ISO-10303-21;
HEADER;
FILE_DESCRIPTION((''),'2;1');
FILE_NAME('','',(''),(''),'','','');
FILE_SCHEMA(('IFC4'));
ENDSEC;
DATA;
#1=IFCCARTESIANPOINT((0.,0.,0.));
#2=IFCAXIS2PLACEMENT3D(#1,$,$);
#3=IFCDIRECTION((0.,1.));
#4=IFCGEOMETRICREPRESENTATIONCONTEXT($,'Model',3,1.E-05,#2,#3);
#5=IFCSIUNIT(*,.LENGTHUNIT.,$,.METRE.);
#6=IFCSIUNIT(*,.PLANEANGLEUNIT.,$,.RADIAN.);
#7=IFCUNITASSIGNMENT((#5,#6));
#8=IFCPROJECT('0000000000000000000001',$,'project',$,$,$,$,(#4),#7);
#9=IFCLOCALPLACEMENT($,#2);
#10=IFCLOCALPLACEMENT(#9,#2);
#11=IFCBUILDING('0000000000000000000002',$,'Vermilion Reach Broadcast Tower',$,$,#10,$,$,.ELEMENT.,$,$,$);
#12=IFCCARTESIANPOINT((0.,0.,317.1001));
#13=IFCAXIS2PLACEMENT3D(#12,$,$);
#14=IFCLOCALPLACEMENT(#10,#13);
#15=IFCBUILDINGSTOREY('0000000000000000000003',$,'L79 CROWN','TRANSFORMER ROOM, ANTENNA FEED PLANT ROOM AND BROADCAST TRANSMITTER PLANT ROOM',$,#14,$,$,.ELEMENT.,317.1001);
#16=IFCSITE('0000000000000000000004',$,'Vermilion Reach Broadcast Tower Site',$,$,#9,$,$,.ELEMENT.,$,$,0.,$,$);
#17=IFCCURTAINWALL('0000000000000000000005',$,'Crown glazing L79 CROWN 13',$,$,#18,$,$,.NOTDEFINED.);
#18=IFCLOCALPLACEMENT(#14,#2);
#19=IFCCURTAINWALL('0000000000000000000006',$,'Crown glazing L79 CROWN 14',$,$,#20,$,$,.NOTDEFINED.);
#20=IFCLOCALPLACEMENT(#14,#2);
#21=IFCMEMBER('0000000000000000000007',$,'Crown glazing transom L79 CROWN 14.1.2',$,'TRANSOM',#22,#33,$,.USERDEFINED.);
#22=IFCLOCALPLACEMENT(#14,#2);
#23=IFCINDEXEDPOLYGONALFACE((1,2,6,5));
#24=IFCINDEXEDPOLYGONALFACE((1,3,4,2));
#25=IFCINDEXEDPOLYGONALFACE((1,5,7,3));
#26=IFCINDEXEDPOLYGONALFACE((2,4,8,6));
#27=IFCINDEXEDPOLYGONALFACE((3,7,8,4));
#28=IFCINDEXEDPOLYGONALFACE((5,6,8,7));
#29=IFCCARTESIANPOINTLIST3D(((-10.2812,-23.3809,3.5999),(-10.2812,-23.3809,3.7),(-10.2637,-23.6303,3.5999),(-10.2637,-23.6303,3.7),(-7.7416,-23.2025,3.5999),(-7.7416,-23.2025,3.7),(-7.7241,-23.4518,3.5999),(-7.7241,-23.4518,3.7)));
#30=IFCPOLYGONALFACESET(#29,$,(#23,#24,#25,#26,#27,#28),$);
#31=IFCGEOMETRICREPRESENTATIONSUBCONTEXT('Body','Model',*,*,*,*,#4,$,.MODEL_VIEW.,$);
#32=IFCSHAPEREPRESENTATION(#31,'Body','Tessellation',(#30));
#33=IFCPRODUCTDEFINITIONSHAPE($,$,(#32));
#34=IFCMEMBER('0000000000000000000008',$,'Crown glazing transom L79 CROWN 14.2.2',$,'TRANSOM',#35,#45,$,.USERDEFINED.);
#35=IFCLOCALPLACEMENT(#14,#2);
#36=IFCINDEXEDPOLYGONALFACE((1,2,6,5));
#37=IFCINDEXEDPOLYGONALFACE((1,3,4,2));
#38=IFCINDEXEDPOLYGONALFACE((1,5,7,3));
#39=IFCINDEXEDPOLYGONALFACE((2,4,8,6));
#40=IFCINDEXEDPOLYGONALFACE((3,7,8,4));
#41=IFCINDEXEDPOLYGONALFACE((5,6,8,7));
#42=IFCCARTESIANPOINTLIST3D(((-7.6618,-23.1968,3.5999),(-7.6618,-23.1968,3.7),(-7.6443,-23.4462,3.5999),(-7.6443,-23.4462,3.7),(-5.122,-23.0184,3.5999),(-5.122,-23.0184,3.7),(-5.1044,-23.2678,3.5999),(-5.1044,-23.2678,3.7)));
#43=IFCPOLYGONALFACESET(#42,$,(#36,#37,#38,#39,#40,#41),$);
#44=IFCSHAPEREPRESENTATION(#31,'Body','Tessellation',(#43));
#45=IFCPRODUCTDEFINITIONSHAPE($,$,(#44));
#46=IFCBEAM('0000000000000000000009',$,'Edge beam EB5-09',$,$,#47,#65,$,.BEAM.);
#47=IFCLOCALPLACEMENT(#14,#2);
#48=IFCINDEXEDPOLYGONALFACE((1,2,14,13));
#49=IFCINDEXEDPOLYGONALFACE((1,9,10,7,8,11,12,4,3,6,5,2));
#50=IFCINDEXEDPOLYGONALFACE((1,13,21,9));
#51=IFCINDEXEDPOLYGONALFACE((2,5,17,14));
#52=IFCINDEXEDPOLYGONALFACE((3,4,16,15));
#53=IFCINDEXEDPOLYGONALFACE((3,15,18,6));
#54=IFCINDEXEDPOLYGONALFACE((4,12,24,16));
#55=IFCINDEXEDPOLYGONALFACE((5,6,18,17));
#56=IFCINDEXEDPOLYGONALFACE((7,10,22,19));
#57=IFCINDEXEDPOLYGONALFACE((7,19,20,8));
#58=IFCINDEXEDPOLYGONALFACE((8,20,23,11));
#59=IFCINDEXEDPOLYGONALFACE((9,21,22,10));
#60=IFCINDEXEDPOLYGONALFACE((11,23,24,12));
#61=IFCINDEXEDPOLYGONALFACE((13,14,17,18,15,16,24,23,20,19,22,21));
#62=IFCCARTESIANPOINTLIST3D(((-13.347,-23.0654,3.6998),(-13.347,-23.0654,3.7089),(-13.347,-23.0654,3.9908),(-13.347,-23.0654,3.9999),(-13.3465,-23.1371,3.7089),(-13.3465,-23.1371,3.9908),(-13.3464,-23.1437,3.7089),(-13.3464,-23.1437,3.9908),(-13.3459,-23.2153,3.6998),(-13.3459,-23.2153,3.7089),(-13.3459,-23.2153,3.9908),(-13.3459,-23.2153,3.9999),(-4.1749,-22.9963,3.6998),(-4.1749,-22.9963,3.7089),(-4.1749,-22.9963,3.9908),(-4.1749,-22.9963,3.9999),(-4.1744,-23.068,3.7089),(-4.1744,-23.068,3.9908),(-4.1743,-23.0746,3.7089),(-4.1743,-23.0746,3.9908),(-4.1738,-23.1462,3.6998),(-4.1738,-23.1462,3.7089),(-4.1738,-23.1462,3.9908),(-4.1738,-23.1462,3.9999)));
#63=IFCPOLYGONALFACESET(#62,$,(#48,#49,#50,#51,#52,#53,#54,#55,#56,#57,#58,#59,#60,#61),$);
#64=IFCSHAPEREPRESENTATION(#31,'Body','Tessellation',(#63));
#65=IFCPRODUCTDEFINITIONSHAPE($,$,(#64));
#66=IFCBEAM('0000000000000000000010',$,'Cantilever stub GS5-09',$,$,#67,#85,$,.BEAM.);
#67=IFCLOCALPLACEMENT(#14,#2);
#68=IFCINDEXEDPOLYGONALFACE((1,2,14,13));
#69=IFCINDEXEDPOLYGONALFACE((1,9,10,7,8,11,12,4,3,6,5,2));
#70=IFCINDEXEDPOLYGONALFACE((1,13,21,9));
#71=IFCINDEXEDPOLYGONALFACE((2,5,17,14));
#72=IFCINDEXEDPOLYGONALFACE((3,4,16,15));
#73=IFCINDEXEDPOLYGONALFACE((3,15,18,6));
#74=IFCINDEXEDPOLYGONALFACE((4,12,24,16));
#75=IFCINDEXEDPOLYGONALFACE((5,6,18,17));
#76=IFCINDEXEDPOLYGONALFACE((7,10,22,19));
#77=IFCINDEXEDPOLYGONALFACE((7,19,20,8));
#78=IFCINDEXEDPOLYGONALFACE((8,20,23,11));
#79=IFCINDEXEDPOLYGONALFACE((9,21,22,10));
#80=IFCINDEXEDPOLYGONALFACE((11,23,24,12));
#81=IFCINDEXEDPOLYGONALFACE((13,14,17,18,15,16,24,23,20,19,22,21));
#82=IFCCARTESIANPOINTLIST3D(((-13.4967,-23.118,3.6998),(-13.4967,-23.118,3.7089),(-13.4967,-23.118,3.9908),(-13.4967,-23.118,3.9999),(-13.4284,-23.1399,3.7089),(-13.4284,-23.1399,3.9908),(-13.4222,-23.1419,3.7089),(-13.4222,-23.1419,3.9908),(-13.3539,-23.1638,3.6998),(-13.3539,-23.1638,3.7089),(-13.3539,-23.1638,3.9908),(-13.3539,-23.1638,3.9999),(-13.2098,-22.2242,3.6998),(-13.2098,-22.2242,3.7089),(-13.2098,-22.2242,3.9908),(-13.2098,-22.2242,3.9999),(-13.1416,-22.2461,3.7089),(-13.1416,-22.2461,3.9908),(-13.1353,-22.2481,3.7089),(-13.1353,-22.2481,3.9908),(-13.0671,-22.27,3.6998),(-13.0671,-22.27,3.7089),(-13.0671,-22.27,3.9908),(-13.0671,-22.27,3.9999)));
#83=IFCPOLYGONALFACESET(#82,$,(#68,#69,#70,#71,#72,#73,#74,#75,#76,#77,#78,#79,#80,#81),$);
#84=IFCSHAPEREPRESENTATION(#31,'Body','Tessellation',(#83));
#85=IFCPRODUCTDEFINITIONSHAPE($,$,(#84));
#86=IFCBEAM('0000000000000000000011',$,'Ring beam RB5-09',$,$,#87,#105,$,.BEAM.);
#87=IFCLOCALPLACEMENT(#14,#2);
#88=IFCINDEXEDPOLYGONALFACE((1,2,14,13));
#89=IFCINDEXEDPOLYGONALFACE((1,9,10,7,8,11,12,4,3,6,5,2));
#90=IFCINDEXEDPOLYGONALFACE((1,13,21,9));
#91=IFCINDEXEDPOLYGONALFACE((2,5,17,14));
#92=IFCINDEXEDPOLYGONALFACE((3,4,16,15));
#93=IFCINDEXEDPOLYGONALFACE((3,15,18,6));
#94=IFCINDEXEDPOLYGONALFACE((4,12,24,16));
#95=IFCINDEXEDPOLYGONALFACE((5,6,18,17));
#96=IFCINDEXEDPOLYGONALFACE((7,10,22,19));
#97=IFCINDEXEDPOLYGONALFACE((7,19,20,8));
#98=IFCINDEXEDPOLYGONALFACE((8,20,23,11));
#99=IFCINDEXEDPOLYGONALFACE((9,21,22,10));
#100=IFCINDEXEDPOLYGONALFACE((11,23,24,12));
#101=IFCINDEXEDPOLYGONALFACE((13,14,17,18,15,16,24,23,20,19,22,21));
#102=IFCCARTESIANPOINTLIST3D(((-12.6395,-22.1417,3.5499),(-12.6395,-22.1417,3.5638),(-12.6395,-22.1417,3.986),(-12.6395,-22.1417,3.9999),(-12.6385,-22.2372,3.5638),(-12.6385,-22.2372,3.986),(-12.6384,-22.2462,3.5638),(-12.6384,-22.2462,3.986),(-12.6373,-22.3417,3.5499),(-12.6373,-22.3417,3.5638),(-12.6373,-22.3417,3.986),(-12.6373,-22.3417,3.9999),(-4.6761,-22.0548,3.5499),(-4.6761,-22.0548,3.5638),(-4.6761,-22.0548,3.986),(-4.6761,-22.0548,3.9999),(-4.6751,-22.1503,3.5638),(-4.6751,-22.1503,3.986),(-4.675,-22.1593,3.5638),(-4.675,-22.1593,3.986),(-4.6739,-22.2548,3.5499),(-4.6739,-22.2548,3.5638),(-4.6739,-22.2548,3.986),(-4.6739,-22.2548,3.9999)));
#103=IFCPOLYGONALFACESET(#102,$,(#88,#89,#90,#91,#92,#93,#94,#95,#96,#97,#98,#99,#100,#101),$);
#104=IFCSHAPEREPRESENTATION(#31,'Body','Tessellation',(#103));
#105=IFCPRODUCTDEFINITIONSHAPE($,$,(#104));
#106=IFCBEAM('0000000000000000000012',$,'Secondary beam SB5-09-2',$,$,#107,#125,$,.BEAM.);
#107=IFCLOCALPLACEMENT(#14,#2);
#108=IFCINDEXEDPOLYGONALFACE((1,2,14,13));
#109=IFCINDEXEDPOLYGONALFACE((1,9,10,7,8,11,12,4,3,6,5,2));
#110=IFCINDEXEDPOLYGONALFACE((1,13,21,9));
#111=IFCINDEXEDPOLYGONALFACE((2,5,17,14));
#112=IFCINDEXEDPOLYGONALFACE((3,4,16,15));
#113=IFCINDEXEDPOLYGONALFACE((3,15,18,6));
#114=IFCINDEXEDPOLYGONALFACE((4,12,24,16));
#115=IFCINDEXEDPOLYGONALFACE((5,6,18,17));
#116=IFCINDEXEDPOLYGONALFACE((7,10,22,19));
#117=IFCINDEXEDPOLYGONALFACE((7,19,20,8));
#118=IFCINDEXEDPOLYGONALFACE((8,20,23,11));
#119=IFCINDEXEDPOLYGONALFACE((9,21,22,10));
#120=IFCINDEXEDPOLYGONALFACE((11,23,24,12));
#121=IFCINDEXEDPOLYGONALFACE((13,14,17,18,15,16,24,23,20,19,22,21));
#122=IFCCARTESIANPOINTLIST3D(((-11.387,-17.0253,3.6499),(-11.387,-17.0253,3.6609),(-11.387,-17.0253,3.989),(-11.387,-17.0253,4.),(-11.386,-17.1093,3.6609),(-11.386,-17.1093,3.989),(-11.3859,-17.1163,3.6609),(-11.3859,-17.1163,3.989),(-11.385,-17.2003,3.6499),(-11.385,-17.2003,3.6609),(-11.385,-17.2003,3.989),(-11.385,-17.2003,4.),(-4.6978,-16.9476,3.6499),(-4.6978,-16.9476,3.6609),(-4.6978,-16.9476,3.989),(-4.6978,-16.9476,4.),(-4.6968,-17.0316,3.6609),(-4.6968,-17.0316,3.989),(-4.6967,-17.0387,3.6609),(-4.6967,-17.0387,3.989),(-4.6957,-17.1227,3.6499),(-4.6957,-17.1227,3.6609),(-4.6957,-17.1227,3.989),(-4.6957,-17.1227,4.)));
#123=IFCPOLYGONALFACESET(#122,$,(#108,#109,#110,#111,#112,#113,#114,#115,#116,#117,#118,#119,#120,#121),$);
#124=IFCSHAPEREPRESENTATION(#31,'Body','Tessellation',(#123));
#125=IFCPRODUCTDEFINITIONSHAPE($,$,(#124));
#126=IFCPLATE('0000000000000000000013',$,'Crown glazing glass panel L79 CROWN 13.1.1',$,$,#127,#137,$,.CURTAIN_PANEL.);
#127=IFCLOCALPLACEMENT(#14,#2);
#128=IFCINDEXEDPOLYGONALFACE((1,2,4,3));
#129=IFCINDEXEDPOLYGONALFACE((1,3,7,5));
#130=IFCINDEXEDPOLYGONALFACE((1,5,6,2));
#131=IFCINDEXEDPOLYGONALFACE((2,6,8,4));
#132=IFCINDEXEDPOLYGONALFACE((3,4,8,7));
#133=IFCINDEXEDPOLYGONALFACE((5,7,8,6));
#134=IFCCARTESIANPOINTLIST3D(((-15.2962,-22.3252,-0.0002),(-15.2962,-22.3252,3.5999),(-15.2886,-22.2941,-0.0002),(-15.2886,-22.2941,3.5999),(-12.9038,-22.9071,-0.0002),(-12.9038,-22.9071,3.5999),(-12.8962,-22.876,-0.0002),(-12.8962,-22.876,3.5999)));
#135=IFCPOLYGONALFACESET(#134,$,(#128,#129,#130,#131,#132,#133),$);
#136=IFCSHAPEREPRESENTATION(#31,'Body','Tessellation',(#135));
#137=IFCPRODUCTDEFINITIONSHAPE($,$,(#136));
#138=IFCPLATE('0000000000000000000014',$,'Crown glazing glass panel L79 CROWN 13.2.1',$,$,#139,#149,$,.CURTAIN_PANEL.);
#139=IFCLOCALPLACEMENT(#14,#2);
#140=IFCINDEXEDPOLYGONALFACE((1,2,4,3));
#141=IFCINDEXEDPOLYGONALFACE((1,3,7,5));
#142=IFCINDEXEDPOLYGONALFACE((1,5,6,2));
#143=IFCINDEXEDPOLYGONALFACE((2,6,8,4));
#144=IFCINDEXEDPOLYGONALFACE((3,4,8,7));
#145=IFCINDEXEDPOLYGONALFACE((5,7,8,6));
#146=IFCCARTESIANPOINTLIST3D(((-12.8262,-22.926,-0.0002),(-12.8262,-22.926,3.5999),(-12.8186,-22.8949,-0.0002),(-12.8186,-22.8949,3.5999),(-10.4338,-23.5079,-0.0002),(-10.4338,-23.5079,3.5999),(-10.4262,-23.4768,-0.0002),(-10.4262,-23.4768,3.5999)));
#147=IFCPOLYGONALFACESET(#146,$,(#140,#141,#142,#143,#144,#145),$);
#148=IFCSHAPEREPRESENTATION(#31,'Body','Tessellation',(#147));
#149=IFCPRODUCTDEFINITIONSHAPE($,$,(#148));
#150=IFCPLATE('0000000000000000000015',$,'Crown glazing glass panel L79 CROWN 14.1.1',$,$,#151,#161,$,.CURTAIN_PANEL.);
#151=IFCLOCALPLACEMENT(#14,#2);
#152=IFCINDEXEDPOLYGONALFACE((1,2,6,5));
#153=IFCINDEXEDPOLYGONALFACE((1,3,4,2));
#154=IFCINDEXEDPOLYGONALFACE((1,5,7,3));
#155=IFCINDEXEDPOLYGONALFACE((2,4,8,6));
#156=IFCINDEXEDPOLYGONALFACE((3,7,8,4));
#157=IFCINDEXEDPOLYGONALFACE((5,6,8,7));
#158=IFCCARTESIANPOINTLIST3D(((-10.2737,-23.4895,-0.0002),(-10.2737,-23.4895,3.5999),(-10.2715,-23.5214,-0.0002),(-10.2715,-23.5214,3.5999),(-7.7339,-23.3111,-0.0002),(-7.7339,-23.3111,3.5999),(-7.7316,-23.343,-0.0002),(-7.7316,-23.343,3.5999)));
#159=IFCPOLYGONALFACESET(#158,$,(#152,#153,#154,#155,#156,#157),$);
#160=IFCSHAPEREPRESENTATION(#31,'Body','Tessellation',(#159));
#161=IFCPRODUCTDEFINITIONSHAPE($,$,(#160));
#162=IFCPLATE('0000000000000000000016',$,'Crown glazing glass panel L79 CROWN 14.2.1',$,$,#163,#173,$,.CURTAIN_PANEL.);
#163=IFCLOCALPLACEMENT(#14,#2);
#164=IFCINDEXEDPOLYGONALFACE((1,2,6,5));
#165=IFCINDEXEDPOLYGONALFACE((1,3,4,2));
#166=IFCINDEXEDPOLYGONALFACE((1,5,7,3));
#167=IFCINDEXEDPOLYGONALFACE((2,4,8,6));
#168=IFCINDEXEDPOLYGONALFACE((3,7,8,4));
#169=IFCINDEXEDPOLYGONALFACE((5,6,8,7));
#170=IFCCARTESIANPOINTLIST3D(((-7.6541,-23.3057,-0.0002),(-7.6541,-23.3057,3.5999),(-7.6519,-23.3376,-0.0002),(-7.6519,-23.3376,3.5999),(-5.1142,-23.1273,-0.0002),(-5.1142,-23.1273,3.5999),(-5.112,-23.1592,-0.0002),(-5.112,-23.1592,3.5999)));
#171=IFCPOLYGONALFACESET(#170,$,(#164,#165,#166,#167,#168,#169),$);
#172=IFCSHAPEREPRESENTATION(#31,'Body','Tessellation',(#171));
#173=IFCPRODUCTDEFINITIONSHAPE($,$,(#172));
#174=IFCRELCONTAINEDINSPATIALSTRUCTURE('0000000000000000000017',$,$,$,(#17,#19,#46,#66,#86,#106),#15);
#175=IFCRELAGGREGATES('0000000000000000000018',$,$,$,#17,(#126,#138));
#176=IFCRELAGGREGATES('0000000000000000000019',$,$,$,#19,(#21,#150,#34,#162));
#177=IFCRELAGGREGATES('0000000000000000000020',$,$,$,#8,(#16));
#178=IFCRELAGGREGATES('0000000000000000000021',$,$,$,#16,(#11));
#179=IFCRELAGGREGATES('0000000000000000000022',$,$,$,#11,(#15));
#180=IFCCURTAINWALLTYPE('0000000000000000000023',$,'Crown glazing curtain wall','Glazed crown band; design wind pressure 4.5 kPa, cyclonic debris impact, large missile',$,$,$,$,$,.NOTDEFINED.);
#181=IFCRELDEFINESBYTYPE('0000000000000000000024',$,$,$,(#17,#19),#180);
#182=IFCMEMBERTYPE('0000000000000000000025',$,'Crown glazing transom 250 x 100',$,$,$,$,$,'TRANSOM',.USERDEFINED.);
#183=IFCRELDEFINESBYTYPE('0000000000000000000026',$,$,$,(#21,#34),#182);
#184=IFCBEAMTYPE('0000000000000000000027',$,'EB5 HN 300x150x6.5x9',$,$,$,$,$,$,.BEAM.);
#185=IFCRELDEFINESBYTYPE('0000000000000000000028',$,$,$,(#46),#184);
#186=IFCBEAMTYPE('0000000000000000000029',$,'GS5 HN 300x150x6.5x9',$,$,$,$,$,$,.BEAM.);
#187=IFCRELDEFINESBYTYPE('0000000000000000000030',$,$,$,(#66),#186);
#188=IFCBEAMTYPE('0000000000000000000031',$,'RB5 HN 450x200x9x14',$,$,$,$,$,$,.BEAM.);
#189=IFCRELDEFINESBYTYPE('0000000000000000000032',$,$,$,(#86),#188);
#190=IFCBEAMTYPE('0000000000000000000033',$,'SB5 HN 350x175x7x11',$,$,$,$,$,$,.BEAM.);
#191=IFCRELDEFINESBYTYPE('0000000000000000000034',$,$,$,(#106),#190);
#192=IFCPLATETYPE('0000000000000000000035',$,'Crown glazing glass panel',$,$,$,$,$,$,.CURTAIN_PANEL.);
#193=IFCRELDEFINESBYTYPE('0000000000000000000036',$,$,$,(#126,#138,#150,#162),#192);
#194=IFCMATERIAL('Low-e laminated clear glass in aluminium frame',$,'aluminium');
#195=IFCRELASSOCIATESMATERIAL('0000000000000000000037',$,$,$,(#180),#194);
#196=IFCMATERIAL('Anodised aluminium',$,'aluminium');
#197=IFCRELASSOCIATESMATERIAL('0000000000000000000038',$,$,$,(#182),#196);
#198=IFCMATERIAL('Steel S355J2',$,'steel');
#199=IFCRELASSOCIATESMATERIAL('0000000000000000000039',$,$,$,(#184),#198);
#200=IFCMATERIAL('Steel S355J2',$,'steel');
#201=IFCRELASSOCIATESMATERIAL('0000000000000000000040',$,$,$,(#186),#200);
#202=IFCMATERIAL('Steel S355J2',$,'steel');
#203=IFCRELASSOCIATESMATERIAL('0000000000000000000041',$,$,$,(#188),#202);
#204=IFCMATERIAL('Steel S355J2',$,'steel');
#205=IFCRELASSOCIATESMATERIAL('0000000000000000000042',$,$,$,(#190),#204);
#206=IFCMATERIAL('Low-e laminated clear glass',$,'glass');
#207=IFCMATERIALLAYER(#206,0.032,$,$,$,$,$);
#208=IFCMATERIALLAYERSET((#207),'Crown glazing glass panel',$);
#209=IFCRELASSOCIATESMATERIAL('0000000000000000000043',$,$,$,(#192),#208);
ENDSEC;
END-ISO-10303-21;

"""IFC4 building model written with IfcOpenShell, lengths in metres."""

from ifc_helpers import new_model, si_unit, direction, frame, origin, origin_2d, place, context, subcontext, project, spatial, rectangle, i_section, extrude, material, layer, layer_set, material_profile, profile_set, type_object, element, aggregate, save


model = new_model("IFC4")

# Units and contexts
model_context = context("Model", 3, precision=1e-05, world=origin(), true_north=direction((0.0, 1.0)))
body_context = subcontext(model_context, "Body", "Model", "MODEL_VIEW")
ifc_project = project(units=[si_unit("LENGTHUNIT", "METRE"), si_unit("PLANEANGLEUNIT", "RADIAN")], contexts=[model_context])

# Site, building, storey
site_placement = place(None, origin())
site = spatial("IfcSite", under=ifc_project, at=site_placement, Name="Vermilion Reach Broadcast Tower Site", CompositionType="ELEMENT", RefElevation=0.0)
building_placement = place(site_placement, origin())
building = spatial("IfcBuilding", under=site, at=building_placement, Name="Vermilion Reach Broadcast Tower", CompositionType="ELEMENT")
storey_placement = place(building_placement, frame((0.0, 0.0, 317.1001)))
storey = spatial("IfcBuildingStorey", under=building, at=storey_placement, Name="L79 CROWN", Description="TRANSFORMER ROOM, ANTENNA FEED PLANT ROOM AND BROADCAST TRANSMITTER PLANT ROOM", CompositionType="ELEMENT", Elevation=317.1001)

# Shared definitions
ifc_material_1 = material(Name="Low-e laminated clear glass in aluminium frame", Category="aluminium")
curtain_wall_type = type_object("IfcCurtainWallType", Name="Crown glazing curtain wall", Description="Glazed crown band; design wind pressure 4.5 kPa, cyclonic debris impact, large missile", PredefinedType="NOTDEFINED", material=ifc_material_1)
placement = place(storey_placement, origin())

# Curtain walls
curtain_wall_1 = element("IfcCurtainWall", 1, at=placement, inside=storey, type_object=curtain_wall_type, Name="Crown glazing L79 CROWN 13", PredefinedType="NOTDEFINED")
curtain_wall_2 = element("IfcCurtainWall", 2, at=placement, inside=storey, type_object=curtain_wall_type, Name="Crown glazing L79 CROWN 14", PredefinedType="NOTDEFINED")

# Members
ifc_material_2 = material(Name="Anodised aluminium", Category="aluminium")
ifc_material_profile_1 = material_profile(ifc_material_2, rectangle(XDim=0.25, YDim=0.1001, at=origin_2d()), Name="Crown glazing transom 250 x 100")
ifc_profile_set_1 = profile_set([ifc_material_profile_1], Name="Anodised aluminium")
member_type_1 = type_object("IfcMemberType", Name="Crown glazing transom 250 x 100", ElementType="TRANSOM", PredefinedType="USERDEFINED", material=ifc_profile_set_1)
member_1_placement = place(storey_placement, frame((-10.2725, -23.5056, 3.6499), z_axis=(0.99754, 0.070102, 0.0), x_axis=(-0.070102, 0.99754, 0.0)))
member_1 = element("IfcMember", 3, at=member_1_placement, type_object=member_type_1, Name="Crown glazing transom L79 CROWN 14.1.2", ObjectType="TRANSOM", PredefinedType="USERDEFINED", context=body_context, shape_type="SweptSolid", body=[
    extrude(rectangle(XDim=0.25, YDim=0.1001, at=origin_2d()), origin(), (0.0, 0.0, 1.0), 2.5459),
])
member_2_placement = place(storey_placement, frame((-7.6531, -23.3215, 3.6499), z_axis=(0.99754, 0.070095, 0.0), x_axis=(-0.070095, 0.99754, 0.0)))
member_2 = element("IfcMember", 4, at=member_2_placement, type_object=member_type_1, Name="Crown glazing transom L79 CROWN 14.2.2", ObjectType="TRANSOM", PredefinedType="USERDEFINED", context=body_context, shape_type="SweptSolid", body=[
    extrude(rectangle(XDim=0.25, YDim=0.1001, at=origin_2d()), origin(), (0.0, 0.0, 1.0), 2.5461),
])

# Beams
ifc_material_3 = material(Name="Steel S355J2", Category="steel")
ifc_material_profile_2 = material_profile(ifc_material_3, i_section(OverallWidth=0.1499, OverallDepth=0.3, WebThickness=0.0066, FlangeThickness=0.009, at=origin_2d()), Name="S355J2 HN 300x150x6.5x9")
ifc_profile_set_2 = profile_set([ifc_material_profile_2], Name="Steel S355J2")
beam_type_1 = type_object("IfcBeamType", Name="EB5 HN 300x150x6.5x9", PredefinedType="BEAM", material=ifc_profile_set_2)
beam_1_placement = place(storey_placement, frame((-13.3464, -23.1404, 3.8499), z_axis=(0.999972, 0.007533, 0.0), x_axis=(-0.007533, 0.999972, 0.0)))
element("IfcBeam", 5, at=beam_1_placement, inside=storey, type_object=beam_type_1, Name="Edge beam EB5-09", PredefinedType="BEAM", context=body_context, shape_type="SweptSolid", body=[
    extrude(i_section(OverallWidth=0.1499, OverallDepth=0.3, WebThickness=0.0066, FlangeThickness=0.009, at=origin_2d()), origin(), (0.0, 0.0, 1.0), 9.1724),
])
ifc_material_4 = material(Name="Steel S355J2", Category="steel")
ifc_material_profile_3 = material_profile(ifc_material_4, i_section(OverallWidth=0.1499, OverallDepth=0.3, WebThickness=0.0066, FlangeThickness=0.009, at=origin_2d()), Name="S355J2 HN 300x150x6.5x9")
ifc_profile_set_3 = profile_set([ifc_material_profile_3], Name="Steel S355J2")
beam_type_2 = type_object("IfcBeamType", Name="GS5 HN 300x150x6.5x9", PredefinedType="BEAM", material=ifc_profile_set_3)
beam_2_placement = place(storey_placement, frame((-13.1384, -22.2471, 3.8499), z_axis=(-0.305597, -0.952161, 0.0), x_axis=(0.952161, -0.305597, 0.0)))
element("IfcBeam", 6, at=beam_2_placement, inside=storey, type_object=beam_type_2, Name="Cantilever stub GS5-09", PredefinedType="BEAM", context=body_context, shape_type="SweptSolid", body=[
    extrude(i_section(OverallWidth=0.1499, OverallDepth=0.3, WebThickness=0.0066, FlangeThickness=0.009, at=origin_2d()), origin(), (0.0, 0.0, 1.0), 0.9387),
])
ifc_material_5 = material(Name="Steel S355J2", Category="steel")
ifc_material_profile_4 = material_profile(ifc_material_5, i_section(OverallWidth=0.2, OverallDepth=0.45, WebThickness=0.009, FlangeThickness=0.0139, at=origin_2d()), Name="S355J2 HN 450x200x9x14")
ifc_profile_set_4 = profile_set([ifc_material_profile_4], Name="Steel S355J2")
beam_type_3 = type_object("IfcBeamType", Name="RB5 HN 450x200x9x14", PredefinedType="BEAM", material=ifc_profile_set_4)
beam_3_placement = place(storey_placement, frame((-12.6384, -22.2417, 3.7749), z_axis=(0.99994, 0.010914, 0.0), x_axis=(-0.010914, 0.99994, 0.0)))
element("IfcBeam", 7, at=beam_3_placement, inside=storey, type_object=beam_type_3, Name="Ring beam RB5-09", PredefinedType="BEAM", context=body_context, shape_type="SweptSolid", body=[
    extrude(i_section(OverallWidth=0.2, OverallDepth=0.45, WebThickness=0.009, FlangeThickness=0.0139, at=origin_2d()), origin(), (0.0, 0.0, 1.0), 7.9639),
])
ifc_material_6 = material(Name="Steel S355J2", Category="steel")
ifc_material_profile_5 = material_profile(ifc_material_6, i_section(OverallWidth=0.175, OverallDepth=0.3501, WebThickness=0.0071, FlangeThickness=0.011, at=origin_2d()), Name="S355J2 HN 350x175x7x11")
ifc_profile_set_5 = profile_set([ifc_material_profile_5], Name="Steel S355J2")
beam_type_4 = type_object("IfcBeamType", Name="SB5 HN 350x175x7x11", PredefinedType="BEAM", material=ifc_profile_set_5)
beam_4_placement = place(storey_placement, frame((-11.386, -17.1128, 3.825), z_axis=(0.999933, 0.011605, 0.0), x_axis=(-0.011605, 0.999933, 0.0)))
element("IfcBeam", 8, at=beam_4_placement, inside=storey, type_object=beam_type_4, Name="Secondary beam SB5-09-2", PredefinedType="BEAM", context=body_context, shape_type="SweptSolid", body=[
    extrude(i_section(OverallWidth=0.175, OverallDepth=0.3501, WebThickness=0.0071, FlangeThickness=0.011, at=origin_2d()), origin(), (0.0, 0.0, 1.0), 6.6897),
])

# Plates
ifc_material_7 = material(Name="Low-e laminated clear glass", Category="glass")
ifc_layer_1 = layer(ifc_material_7, 0.032)
ifc_layer_set_1 = layer_set([ifc_layer_1], Name="Crown glazing glass panel")
plate_type = type_object("IfcPlateType", Name="Crown glazing glass panel", PredefinedType="CURTAIN_PANEL", material=ifc_layer_set_1)
plate_1_placement = place(storey_placement, frame((-14.0962, -22.6006, -0.0002), z_axis=(0.0, 0.0, 1.0), x_axis=(0.971667, -0.236354, 0.0)))
plate_1 = element("IfcPlate", 9, at=plate_1_placement, type_object=plate_type, Name="Crown glazing glass panel L79 CROWN 13.1.1", PredefinedType="CURTAIN_PANEL", context=body_context, shape_type="SweptSolid", body=[
    extrude(rectangle(XDim=2.4622, YDim=0.032, at=origin_2d()), origin(), (0.0, 0.0, 1.0), 3.6001),
])
plate_2_placement = place(storey_placement, frame((-11.6262, -23.2014, -0.0002), z_axis=(0.0, 0.0, 1.0), x_axis=(0.971667, -0.236354, 0.0)))
plate_2 = element("IfcPlate", 10, at=plate_2_placement, type_object=plate_type, Name="Crown glazing glass panel L79 CROWN 13.2.1", PredefinedType="CURTAIN_PANEL", context=body_context, shape_type="SweptSolid", body=[
    extrude(rectangle(XDim=2.4622, YDim=0.032, at=origin_2d()), origin(), (0.0, 0.0, 1.0), 3.6001),
])
aggregate(curtain_wall_1, [plate_1, plate_2])
plate_3_placement = place(storey_placement, frame((-9.0027, -23.4163, -0.0002), z_axis=(0.0, 0.0, 1.0), x_axis=(0.997541, 0.070082, 0.0)))
plate_3 = element("IfcPlate", 11, at=plate_3_placement, type_object=plate_type, Name="Crown glazing glass panel L79 CROWN 14.1.1", PredefinedType="CURTAIN_PANEL", context=body_context, shape_type="SweptSolid", body=[
    extrude(rectangle(XDim=2.5461, YDim=0.032, at=origin_2d()), origin(), (0.0, 0.0, 1.0), 3.6001),
])
plate_4_placement = place(storey_placement, frame((-6.3831, -23.2324, -0.0002), z_axis=(0.0, 0.0, 1.0), x_axis=(0.997541, 0.070082, 0.0)))
plate_4 = element("IfcPlate", 12, at=plate_4_placement, type_object=plate_type, Name="Crown glazing glass panel L79 CROWN 14.2.1", PredefinedType="CURTAIN_PANEL", context=body_context, shape_type="SweptSolid", body=[
    extrude(rectangle(XDim=2.5461, YDim=0.032, at=origin_2d()), origin(), (0.0, 0.0, 1.0), 3.6001),
])
aggregate(curtain_wall_2, [member_1, plate_3, member_2, plate_4])

save(model, "model.ifc")
